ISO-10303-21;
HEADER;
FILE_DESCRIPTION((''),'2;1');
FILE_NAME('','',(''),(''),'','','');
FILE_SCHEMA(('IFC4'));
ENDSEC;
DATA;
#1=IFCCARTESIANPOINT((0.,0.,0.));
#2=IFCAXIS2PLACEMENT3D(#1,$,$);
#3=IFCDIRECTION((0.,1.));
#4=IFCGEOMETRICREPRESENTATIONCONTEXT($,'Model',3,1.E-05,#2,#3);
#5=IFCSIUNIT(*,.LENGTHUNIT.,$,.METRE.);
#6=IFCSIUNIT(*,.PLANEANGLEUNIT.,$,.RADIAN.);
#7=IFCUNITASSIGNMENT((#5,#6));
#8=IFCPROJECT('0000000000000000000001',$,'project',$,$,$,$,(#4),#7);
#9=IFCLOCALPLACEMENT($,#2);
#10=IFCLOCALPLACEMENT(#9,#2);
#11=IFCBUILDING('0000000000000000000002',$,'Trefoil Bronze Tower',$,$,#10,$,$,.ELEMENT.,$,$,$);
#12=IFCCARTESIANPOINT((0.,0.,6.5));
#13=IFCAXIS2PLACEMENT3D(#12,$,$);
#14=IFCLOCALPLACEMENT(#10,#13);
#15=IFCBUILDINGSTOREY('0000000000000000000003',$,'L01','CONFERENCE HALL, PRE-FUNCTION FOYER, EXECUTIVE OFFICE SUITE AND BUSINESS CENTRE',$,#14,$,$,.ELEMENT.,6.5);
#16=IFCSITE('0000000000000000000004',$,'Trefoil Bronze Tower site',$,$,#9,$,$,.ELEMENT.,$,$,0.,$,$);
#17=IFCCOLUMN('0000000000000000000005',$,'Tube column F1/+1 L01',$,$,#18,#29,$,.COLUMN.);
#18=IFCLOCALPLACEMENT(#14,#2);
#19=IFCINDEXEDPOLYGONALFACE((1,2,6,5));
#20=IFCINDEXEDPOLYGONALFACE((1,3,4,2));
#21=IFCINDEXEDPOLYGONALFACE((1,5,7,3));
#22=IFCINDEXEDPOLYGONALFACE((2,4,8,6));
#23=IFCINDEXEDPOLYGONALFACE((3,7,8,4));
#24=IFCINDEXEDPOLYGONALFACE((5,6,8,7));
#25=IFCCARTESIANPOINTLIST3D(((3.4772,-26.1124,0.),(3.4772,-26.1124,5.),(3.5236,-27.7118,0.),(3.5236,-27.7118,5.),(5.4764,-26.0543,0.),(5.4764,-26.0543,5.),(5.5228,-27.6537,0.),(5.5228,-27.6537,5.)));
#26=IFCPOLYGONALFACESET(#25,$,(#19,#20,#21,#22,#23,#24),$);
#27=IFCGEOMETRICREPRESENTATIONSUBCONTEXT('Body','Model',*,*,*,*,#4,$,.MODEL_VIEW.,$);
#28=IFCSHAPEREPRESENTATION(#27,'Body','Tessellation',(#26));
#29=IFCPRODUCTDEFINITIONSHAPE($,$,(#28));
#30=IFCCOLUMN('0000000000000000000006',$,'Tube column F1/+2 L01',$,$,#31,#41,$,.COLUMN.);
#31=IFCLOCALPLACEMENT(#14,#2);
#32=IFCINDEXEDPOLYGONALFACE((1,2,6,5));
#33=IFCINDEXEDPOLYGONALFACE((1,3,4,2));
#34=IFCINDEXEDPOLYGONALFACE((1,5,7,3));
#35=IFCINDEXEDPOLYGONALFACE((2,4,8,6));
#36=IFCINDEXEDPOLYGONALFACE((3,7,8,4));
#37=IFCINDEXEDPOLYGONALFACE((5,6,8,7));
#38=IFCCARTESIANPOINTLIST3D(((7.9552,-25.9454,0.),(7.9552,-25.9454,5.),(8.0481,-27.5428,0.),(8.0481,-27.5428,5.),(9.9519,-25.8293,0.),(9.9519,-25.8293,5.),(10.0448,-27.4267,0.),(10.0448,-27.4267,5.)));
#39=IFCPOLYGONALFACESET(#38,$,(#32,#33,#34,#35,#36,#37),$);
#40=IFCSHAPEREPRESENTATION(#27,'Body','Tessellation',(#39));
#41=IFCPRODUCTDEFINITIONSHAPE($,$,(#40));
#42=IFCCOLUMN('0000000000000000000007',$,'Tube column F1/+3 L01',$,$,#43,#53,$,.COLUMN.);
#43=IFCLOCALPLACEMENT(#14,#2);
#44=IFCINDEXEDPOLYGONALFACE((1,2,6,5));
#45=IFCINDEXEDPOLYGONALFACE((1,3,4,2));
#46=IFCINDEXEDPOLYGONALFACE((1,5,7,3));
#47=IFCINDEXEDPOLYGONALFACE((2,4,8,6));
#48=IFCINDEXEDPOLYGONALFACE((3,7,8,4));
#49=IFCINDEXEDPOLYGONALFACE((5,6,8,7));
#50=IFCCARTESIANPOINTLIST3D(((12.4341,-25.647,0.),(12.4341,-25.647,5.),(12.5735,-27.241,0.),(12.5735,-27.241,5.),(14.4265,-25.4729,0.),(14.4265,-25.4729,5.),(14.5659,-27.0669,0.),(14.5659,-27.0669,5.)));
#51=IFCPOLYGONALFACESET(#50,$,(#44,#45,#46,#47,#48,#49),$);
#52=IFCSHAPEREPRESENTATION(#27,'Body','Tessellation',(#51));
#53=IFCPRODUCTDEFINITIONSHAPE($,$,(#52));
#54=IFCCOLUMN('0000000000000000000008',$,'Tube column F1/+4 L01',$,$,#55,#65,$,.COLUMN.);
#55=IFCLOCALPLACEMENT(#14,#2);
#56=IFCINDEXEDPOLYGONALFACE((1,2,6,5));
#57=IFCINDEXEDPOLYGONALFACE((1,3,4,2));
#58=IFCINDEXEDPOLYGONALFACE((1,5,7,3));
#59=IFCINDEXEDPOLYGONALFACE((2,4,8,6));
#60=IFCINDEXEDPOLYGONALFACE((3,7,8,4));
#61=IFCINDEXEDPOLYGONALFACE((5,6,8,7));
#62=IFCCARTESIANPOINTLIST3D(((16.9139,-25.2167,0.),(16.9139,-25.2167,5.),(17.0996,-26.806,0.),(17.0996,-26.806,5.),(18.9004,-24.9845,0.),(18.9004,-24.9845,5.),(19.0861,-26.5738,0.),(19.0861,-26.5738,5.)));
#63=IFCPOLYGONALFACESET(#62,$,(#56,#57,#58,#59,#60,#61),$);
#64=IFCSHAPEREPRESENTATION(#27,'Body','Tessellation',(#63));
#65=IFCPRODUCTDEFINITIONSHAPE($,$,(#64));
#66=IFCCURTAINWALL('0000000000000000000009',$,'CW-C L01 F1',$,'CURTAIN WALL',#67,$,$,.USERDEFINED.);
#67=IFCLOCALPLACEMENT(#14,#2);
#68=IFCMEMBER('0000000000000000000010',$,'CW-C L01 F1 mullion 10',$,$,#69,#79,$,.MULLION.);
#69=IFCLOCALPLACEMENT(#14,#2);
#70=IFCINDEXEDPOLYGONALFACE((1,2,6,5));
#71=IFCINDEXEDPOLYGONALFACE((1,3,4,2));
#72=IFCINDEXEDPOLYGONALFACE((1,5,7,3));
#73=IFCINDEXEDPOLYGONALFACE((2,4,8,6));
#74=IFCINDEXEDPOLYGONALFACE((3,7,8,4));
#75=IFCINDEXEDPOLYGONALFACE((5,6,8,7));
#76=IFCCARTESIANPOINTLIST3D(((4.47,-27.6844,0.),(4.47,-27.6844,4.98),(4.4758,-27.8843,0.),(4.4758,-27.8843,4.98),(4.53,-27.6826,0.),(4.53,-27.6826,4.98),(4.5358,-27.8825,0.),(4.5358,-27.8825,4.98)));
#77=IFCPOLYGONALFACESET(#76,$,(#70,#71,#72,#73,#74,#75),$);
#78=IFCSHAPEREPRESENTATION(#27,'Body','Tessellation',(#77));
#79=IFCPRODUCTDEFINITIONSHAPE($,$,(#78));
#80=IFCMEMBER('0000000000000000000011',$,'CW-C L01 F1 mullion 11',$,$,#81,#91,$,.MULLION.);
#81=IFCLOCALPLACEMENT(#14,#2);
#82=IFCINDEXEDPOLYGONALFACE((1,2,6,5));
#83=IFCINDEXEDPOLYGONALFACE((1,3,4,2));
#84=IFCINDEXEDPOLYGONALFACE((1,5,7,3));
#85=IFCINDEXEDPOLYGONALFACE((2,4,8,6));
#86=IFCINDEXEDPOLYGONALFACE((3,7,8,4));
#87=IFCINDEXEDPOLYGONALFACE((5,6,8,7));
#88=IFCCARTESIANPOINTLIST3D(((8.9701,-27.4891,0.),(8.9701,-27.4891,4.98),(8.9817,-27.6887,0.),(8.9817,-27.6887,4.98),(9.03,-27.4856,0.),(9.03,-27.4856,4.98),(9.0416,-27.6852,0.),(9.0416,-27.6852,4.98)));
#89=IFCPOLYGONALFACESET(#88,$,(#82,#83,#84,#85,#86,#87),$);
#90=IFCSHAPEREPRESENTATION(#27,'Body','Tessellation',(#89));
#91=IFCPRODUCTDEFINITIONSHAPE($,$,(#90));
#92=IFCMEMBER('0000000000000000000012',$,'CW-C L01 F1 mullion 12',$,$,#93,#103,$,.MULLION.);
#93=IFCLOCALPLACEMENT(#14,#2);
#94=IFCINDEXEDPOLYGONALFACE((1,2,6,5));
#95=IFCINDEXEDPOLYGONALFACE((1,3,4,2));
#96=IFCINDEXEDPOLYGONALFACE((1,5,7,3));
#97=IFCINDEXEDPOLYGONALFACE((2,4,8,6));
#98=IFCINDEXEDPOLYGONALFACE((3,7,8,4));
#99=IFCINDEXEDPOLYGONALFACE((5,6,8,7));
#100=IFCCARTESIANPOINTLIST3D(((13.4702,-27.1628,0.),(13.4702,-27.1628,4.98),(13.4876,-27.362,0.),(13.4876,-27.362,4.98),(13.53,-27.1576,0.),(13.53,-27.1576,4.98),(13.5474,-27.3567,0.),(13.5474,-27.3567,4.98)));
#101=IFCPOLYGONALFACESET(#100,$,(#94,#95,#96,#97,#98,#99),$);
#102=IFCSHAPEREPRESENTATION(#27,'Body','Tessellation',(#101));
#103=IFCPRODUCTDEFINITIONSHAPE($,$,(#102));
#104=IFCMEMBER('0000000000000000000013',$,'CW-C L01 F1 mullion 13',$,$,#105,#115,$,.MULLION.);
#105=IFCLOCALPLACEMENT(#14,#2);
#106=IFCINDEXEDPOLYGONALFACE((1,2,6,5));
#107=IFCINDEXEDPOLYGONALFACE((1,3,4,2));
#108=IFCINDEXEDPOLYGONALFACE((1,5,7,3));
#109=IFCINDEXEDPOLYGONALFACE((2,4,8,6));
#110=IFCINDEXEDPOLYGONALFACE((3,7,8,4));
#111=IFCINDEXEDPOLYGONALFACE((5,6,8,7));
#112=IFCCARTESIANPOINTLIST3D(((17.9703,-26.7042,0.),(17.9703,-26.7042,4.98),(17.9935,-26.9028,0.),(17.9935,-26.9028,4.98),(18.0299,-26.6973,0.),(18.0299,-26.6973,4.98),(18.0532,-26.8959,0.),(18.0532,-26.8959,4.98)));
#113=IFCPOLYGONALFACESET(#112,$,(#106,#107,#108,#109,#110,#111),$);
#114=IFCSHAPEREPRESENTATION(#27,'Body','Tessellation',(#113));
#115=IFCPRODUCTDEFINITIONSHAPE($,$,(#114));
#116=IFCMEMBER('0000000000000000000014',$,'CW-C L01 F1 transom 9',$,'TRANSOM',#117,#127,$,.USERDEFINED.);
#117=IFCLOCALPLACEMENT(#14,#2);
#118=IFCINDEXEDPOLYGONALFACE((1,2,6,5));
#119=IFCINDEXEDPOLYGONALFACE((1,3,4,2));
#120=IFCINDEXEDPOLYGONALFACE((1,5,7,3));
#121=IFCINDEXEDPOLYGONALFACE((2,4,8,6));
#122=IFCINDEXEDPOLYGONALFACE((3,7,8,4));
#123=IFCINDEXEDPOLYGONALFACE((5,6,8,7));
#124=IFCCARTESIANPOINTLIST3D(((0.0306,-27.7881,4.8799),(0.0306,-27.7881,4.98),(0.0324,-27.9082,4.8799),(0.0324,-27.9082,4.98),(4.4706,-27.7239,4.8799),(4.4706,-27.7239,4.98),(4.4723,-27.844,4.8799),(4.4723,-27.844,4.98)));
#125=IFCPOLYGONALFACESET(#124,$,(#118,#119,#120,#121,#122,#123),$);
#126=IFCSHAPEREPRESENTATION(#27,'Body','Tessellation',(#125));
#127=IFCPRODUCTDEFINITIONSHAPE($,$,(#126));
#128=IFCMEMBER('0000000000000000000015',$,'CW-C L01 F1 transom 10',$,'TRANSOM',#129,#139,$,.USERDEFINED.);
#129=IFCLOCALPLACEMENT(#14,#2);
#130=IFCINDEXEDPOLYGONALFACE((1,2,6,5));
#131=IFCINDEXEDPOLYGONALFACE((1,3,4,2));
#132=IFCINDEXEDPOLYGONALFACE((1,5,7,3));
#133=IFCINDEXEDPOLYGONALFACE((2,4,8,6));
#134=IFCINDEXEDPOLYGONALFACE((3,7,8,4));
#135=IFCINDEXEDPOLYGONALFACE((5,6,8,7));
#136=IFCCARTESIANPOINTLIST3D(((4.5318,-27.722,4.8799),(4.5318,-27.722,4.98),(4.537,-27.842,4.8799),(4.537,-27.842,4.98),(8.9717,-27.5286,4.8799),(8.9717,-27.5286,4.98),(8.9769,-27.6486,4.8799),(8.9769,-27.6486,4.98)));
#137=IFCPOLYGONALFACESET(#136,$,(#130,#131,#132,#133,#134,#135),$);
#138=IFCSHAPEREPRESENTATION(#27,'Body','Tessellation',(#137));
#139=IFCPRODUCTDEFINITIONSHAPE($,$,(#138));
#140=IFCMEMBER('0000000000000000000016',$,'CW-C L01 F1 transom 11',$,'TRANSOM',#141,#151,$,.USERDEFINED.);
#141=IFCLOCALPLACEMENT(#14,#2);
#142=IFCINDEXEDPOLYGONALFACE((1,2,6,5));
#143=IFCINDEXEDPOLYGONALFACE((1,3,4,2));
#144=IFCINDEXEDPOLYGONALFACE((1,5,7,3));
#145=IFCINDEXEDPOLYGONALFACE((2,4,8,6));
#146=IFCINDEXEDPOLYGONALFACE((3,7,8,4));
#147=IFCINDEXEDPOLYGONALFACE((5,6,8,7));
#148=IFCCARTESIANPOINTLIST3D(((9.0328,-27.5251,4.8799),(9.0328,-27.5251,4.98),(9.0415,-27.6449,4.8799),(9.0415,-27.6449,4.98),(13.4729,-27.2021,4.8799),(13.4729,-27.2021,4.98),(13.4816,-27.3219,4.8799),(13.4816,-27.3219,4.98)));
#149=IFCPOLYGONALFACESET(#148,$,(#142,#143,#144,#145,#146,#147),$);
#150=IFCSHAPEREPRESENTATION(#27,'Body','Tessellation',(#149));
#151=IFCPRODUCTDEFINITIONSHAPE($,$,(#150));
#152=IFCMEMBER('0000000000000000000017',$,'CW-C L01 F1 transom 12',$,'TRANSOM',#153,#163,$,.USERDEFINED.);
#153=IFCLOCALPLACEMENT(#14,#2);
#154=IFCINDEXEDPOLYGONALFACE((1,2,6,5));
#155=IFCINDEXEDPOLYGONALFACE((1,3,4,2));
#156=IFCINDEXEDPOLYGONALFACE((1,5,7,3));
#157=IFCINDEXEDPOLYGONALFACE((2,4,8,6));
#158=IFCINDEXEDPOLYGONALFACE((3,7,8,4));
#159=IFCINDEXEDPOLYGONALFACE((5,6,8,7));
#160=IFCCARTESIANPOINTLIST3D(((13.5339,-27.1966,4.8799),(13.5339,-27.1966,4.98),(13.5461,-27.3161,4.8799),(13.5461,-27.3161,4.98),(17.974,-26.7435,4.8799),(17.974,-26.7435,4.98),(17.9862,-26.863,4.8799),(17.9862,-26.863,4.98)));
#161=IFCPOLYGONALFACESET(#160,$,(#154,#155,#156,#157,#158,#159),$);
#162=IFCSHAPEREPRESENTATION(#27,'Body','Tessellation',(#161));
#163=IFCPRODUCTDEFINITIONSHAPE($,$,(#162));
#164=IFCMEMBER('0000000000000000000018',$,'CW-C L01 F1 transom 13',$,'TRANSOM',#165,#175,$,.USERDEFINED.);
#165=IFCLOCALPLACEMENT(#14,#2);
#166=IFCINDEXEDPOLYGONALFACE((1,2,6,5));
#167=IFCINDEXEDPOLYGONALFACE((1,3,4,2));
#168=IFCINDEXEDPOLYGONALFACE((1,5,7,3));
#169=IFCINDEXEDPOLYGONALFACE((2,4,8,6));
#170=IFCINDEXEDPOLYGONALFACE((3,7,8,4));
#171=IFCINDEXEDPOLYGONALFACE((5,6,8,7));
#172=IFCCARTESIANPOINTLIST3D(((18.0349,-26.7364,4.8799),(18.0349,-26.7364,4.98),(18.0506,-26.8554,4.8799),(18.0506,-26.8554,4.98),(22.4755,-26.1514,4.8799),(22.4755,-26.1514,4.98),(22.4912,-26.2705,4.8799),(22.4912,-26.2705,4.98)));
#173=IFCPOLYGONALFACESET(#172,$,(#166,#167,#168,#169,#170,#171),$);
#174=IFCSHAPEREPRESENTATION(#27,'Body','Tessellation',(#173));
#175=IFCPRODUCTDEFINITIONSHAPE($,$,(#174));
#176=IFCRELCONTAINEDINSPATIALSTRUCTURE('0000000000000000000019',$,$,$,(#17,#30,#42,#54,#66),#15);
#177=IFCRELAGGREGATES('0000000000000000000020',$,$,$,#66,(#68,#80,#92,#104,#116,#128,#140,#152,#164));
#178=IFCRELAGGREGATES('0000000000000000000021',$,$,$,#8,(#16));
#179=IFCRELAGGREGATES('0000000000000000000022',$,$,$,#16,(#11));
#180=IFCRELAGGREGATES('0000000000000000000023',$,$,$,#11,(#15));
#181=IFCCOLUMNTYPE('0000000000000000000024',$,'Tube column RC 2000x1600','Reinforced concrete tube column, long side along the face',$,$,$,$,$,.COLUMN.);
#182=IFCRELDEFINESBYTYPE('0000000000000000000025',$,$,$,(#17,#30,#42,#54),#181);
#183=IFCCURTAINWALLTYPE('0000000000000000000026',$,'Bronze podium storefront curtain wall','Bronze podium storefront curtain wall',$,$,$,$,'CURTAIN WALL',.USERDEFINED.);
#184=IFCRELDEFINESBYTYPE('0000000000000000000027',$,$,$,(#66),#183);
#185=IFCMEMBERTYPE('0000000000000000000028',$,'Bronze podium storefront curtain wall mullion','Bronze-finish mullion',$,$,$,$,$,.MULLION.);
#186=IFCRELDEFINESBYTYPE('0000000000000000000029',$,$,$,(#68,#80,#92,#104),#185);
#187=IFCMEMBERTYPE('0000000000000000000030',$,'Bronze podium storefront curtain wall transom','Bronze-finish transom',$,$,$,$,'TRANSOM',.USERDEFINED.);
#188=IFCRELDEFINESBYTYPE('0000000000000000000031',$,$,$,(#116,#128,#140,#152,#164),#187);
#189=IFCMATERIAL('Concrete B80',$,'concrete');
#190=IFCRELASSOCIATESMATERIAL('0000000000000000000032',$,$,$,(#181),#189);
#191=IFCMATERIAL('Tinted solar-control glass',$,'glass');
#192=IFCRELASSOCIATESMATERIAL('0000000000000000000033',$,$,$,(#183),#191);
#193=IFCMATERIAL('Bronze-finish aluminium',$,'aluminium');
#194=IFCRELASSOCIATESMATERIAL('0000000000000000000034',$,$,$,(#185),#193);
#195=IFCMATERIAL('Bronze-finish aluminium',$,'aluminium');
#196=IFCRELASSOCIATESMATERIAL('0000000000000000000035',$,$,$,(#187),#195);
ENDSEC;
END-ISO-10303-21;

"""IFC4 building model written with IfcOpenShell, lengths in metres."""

from ifc_helpers import new_model, si_unit, direction, frame, origin, origin_2d, place, context, subcontext, project, spatial, rectangle, extrude, material, material_profile, profile_set, type_object, element, aggregate, save


model = new_model("IFC4")

# Units and contexts
model_context = context("Model", 3, precision=1e-05, world=origin(), true_north=direction((0.0, 1.0)))
body_context = subcontext(model_context, "Body", "Model", "MODEL_VIEW")
ifc_project = project(units=[si_unit("LENGTHUNIT", "METRE"), si_unit("PLANEANGLEUNIT", "RADIAN")], contexts=[model_context])

# Site, building, storey
site_placement = place(None, origin())
site = spatial("IfcSite", under=ifc_project, at=site_placement, Name="Trefoil Bronze Tower site", CompositionType="ELEMENT", RefElevation=0.0)
building_placement = place(site_placement, origin())
building = spatial("IfcBuilding", under=site, at=building_placement, Name="Trefoil Bronze Tower", CompositionType="ELEMENT")
storey_placement = place(building_placement, frame((0.0, 0.0, 6.5)))
storey = spatial("IfcBuildingStorey", under=building, at=storey_placement, Name="L01", Description="CONFERENCE HALL, PRE-FUNCTION FOYER, EXECUTIVE OFFICE SUITE AND BUSINESS CENTRE", CompositionType="ELEMENT", Elevation=6.5)

# Columns
ifc_material_1 = material(Name="Concrete B80", Category="concrete")
ifc_material_profile_1 = material_profile(ifc_material_1, rectangle(XDim=2.0, YDim=1.6001, at=origin_2d()), Name="RC 2000x1600")
ifc_profile_set_1 = profile_set([ifc_material_profile_1], Name="Concrete B80")
column_type = type_object("IfcColumnType", Name="Tube column RC 2000x1600", Description="Reinforced concrete tube column, long side along the face", PredefinedType="COLUMN", material=ifc_profile_set_1)
for number, where, z_axis, x_axis, name in (
    (1, (4.5, -26.8831, 0.0), (0.0, 0.0, 1.0), (0.999579, 0.029022, 0.0), "Tube column F1/+1 L01"),
    (2, (9.0, -26.686, 0.0), (0.0, 0.0, 1.0), (0.998314, 0.058043, 0.0), "Tube column F1/+2 L01"),
    (3, (13.5, -26.3569, 0.0), (0.0, 0.0, 1.0), (0.996203, 0.087065, 0.0), "Tube column F1/+3 L01"),
    (4, (18.0, -25.8953, 0.0), (0.0, 0.0, 1.0), (0.993239, 0.116087, 0.0), "Tube column F1/+4 L01"),
):
    element("IfcColumn", number, at=place(storey_placement, frame(where, z_axis=z_axis, x_axis=x_axis)), inside=storey, type_object=column_type, Name=name, PredefinedType="COLUMN", context=body_context, shape_type="SweptSolid", body=[
        extrude(rectangle(XDim=2.0, YDim=1.6001, at=origin_2d()), origin(), (0.0, 0.0, 1.0), 5.0),
    ])

# Curtain wall, members
ifc_material_2 = material(Name="Tinted solar-control glass", Category="glass")
curtain_wall_type = type_object("IfcCurtainWallType", Name="Bronze podium storefront curtain wall", Description="Bronze podium storefront curtain wall", ElementType="CURTAIN WALL", PredefinedType="USERDEFINED", material=ifc_material_2)
curtain_wall_placement = place(storey_placement, origin())
curtain_wall = element("IfcCurtainWall", 5, at=curtain_wall_placement, inside=storey, type_object=curtain_wall_type, Name="CW-C L01 F1", ObjectType="CURTAIN WALL", PredefinedType="USERDEFINED")
ifc_material_3 = material(Name="Bronze-finish aluminium", Category="aluminium")
ifc_material_profile_2 = material_profile(ifc_material_3, rectangle(XDim=0.2, YDim=0.0601, at=origin_2d()), Name="CW-C mullion")
ifc_profile_set_2 = profile_set([ifc_material_profile_2], Name="Bronze-finish aluminium")
member_type_1 = type_object("IfcMemberType", Name="Bronze podium storefront curtain wall mullion", Description="Bronze-finish mullion", PredefinedType="MULLION", material=ifc_profile_set_2)
member_1_placement = place(storey_placement, frame((4.5029, -27.7834, 0.0), z_axis=(0.0, 0.0, 1.0), x_axis=(-0.029022, 0.999579, 0.0)))
member_1 = element("IfcMember", 6, at=member_1_placement, type_object=member_type_1, Name="CW-C L01 F1 mullion 10", PredefinedType="MULLION", context=body_context, shape_type="SweptSolid", body=[
    extrude(rectangle(XDim=0.2, YDim=0.0601, at=origin_2d()), origin(), (0.0, 0.0, 1.0), 4.98),
])
member_2_placement = place(storey_placement, frame((9.0059, -27.5872, 0.0), z_axis=(0.0, 0.0, 1.0), x_axis=(-0.058043, 0.998314, 0.0)))
member_2 = element("IfcMember", 7, at=member_2_placement, type_object=member_type_1, Name="CW-C L01 F1 mullion 11", PredefinedType="MULLION", context=body_context, shape_type="SweptSolid", body=[
    extrude(rectangle(XDim=0.2, YDim=0.0601, at=origin_2d()), origin(), (0.0, 0.0, 1.0), 4.98),
])
member_3_placement = place(storey_placement, frame((13.5088, -27.2598, 0.0), z_axis=(0.0, 0.0, 1.0), x_axis=(-0.087065, 0.996203, 0.0)))
member_3 = element("IfcMember", 8, at=member_3_placement, type_object=member_type_1, Name="CW-C L01 F1 mullion 12", PredefinedType="MULLION", context=body_context, shape_type="SweptSolid", body=[
    extrude(rectangle(XDim=0.2, YDim=0.0601, at=origin_2d()), origin(), (0.0, 0.0, 1.0), 4.98),
])
member_4_placement = place(storey_placement, frame((18.0117, -26.8, 0.0), z_axis=(0.0, 0.0, 1.0), x_axis=(-0.116087, 0.993239, 0.0)))
member_4 = element("IfcMember", 9, at=member_4_placement, type_object=member_type_1, Name="CW-C L01 F1 mullion 13", PredefinedType="MULLION", context=body_context, shape_type="SweptSolid", body=[
    extrude(rectangle(XDim=0.2, YDim=0.0601, at=origin_2d()), origin(), (0.0, 0.0, 1.0), 4.98),
])
ifc_material_4 = material(Name="Bronze-finish aluminium", Category="aluminium")
ifc_material_profile_3 = material_profile(ifc_material_4, rectangle(XDim=0.1201, YDim=0.1001, at=origin_2d()), Name="CW-C transom")
ifc_profile_set_3 = profile_set([ifc_material_profile_3], Name="Bronze-finish aluminium")
member_type_2 = type_object("IfcMemberType", Name="Bronze podium storefront curtain wall transom", Description="Bronze-finish transom", ElementType="TRANSOM", PredefinedType="USERDEFINED", material=ifc_profile_set_3)
member_5_placement = place(storey_placement, frame((0.0315, -27.8481, 4.9299), z_axis=(0.999895, 0.01446, 0.0), x_axis=(-0.01446, 0.999895, 0.0)))
member_5 = element("IfcMember", 10, at=member_5_placement, type_object=member_type_2, Name="CW-C L01 F1 transom 9", ObjectType="TRANSOM", PredefinedType="USERDEFINED", context=body_context, shape_type="SweptSolid", body=[
    extrude(rectangle(XDim=0.1201, YDim=0.1001, at=origin_2d()), origin(), (0.0, 0.0, 1.0), 4.4404),
])
member_6_placement = place(storey_placement, frame((4.5344, -27.782, 4.9299), z_axis=(0.999053, 0.043509, 0.0), x_axis=(-0.043509, 0.999053, 0.0)))
member_6 = element("IfcMember", 11, at=member_6_placement, type_object=member_type_2, Name="CW-C L01 F1 transom 10", ObjectType="TRANSOM", PredefinedType="USERDEFINED", context=body_context, shape_type="SweptSolid", body=[
    extrude(rectangle(XDim=0.1201, YDim=0.1001, at=origin_2d()), origin(), (0.0, 0.0, 1.0), 4.4441),
])
member_7_placement = place(storey_placement, frame((9.0371, -27.585, 4.9299), z_axis=(0.997365, 0.072553, 0.0), x_axis=(-0.072553, 0.997365, 0.0)))
member_7 = element("IfcMember", 12, at=member_7_placement, type_object=member_type_2, Name="CW-C L01 F1 transom 11", ObjectType="TRANSOM", PredefinedType="USERDEFINED", context=body_context, shape_type="SweptSolid", body=[
    extrude(rectangle(XDim=0.1201, YDim=0.1001, at=origin_2d()), origin(), (0.0, 0.0, 1.0), 4.4519),
])
member_8_placement = place(storey_placement, frame((13.54, -27.2563, 4.9299), z_axis=(0.994833, 0.101524, 0.0), x_axis=(-0.101524, 0.994833, 0.0)))
member_8 = element("IfcMember", 13, at=member_8_placement, type_object=member_type_2, Name="CW-C L01 F1 transom 12", ObjectType="TRANSOM", PredefinedType="USERDEFINED", context=body_context, shape_type="SweptSolid", body=[
    extrude(rectangle(XDim=0.1201, YDim=0.1001, at=origin_2d()), origin(), (0.0, 0.0, 1.0), 4.4631),
])
member_9_placement = place(storey_placement, frame((18.0427, -26.7959, 4.9299), z_axis=(0.991435, 0.1306, 0.0), x_axis=(-0.1306, 0.991435, 0.0)))
member_9 = element("IfcMember", 14, at=member_9_placement, type_object=member_type_2, Name="CW-C L01 F1 transom 13", ObjectType="TRANSOM", PredefinedType="USERDEFINED", context=body_context, shape_type="SweptSolid", body=[
    extrude(rectangle(XDim=0.1201, YDim=0.1001, at=origin_2d()), origin(), (0.0, 0.0, 1.0), 4.479),
])

aggregate(curtain_wall, [member_1, member_2, member_3, member_4, member_5, member_6, member_7, member_8, member_9])

save(model, "model.ifc")
